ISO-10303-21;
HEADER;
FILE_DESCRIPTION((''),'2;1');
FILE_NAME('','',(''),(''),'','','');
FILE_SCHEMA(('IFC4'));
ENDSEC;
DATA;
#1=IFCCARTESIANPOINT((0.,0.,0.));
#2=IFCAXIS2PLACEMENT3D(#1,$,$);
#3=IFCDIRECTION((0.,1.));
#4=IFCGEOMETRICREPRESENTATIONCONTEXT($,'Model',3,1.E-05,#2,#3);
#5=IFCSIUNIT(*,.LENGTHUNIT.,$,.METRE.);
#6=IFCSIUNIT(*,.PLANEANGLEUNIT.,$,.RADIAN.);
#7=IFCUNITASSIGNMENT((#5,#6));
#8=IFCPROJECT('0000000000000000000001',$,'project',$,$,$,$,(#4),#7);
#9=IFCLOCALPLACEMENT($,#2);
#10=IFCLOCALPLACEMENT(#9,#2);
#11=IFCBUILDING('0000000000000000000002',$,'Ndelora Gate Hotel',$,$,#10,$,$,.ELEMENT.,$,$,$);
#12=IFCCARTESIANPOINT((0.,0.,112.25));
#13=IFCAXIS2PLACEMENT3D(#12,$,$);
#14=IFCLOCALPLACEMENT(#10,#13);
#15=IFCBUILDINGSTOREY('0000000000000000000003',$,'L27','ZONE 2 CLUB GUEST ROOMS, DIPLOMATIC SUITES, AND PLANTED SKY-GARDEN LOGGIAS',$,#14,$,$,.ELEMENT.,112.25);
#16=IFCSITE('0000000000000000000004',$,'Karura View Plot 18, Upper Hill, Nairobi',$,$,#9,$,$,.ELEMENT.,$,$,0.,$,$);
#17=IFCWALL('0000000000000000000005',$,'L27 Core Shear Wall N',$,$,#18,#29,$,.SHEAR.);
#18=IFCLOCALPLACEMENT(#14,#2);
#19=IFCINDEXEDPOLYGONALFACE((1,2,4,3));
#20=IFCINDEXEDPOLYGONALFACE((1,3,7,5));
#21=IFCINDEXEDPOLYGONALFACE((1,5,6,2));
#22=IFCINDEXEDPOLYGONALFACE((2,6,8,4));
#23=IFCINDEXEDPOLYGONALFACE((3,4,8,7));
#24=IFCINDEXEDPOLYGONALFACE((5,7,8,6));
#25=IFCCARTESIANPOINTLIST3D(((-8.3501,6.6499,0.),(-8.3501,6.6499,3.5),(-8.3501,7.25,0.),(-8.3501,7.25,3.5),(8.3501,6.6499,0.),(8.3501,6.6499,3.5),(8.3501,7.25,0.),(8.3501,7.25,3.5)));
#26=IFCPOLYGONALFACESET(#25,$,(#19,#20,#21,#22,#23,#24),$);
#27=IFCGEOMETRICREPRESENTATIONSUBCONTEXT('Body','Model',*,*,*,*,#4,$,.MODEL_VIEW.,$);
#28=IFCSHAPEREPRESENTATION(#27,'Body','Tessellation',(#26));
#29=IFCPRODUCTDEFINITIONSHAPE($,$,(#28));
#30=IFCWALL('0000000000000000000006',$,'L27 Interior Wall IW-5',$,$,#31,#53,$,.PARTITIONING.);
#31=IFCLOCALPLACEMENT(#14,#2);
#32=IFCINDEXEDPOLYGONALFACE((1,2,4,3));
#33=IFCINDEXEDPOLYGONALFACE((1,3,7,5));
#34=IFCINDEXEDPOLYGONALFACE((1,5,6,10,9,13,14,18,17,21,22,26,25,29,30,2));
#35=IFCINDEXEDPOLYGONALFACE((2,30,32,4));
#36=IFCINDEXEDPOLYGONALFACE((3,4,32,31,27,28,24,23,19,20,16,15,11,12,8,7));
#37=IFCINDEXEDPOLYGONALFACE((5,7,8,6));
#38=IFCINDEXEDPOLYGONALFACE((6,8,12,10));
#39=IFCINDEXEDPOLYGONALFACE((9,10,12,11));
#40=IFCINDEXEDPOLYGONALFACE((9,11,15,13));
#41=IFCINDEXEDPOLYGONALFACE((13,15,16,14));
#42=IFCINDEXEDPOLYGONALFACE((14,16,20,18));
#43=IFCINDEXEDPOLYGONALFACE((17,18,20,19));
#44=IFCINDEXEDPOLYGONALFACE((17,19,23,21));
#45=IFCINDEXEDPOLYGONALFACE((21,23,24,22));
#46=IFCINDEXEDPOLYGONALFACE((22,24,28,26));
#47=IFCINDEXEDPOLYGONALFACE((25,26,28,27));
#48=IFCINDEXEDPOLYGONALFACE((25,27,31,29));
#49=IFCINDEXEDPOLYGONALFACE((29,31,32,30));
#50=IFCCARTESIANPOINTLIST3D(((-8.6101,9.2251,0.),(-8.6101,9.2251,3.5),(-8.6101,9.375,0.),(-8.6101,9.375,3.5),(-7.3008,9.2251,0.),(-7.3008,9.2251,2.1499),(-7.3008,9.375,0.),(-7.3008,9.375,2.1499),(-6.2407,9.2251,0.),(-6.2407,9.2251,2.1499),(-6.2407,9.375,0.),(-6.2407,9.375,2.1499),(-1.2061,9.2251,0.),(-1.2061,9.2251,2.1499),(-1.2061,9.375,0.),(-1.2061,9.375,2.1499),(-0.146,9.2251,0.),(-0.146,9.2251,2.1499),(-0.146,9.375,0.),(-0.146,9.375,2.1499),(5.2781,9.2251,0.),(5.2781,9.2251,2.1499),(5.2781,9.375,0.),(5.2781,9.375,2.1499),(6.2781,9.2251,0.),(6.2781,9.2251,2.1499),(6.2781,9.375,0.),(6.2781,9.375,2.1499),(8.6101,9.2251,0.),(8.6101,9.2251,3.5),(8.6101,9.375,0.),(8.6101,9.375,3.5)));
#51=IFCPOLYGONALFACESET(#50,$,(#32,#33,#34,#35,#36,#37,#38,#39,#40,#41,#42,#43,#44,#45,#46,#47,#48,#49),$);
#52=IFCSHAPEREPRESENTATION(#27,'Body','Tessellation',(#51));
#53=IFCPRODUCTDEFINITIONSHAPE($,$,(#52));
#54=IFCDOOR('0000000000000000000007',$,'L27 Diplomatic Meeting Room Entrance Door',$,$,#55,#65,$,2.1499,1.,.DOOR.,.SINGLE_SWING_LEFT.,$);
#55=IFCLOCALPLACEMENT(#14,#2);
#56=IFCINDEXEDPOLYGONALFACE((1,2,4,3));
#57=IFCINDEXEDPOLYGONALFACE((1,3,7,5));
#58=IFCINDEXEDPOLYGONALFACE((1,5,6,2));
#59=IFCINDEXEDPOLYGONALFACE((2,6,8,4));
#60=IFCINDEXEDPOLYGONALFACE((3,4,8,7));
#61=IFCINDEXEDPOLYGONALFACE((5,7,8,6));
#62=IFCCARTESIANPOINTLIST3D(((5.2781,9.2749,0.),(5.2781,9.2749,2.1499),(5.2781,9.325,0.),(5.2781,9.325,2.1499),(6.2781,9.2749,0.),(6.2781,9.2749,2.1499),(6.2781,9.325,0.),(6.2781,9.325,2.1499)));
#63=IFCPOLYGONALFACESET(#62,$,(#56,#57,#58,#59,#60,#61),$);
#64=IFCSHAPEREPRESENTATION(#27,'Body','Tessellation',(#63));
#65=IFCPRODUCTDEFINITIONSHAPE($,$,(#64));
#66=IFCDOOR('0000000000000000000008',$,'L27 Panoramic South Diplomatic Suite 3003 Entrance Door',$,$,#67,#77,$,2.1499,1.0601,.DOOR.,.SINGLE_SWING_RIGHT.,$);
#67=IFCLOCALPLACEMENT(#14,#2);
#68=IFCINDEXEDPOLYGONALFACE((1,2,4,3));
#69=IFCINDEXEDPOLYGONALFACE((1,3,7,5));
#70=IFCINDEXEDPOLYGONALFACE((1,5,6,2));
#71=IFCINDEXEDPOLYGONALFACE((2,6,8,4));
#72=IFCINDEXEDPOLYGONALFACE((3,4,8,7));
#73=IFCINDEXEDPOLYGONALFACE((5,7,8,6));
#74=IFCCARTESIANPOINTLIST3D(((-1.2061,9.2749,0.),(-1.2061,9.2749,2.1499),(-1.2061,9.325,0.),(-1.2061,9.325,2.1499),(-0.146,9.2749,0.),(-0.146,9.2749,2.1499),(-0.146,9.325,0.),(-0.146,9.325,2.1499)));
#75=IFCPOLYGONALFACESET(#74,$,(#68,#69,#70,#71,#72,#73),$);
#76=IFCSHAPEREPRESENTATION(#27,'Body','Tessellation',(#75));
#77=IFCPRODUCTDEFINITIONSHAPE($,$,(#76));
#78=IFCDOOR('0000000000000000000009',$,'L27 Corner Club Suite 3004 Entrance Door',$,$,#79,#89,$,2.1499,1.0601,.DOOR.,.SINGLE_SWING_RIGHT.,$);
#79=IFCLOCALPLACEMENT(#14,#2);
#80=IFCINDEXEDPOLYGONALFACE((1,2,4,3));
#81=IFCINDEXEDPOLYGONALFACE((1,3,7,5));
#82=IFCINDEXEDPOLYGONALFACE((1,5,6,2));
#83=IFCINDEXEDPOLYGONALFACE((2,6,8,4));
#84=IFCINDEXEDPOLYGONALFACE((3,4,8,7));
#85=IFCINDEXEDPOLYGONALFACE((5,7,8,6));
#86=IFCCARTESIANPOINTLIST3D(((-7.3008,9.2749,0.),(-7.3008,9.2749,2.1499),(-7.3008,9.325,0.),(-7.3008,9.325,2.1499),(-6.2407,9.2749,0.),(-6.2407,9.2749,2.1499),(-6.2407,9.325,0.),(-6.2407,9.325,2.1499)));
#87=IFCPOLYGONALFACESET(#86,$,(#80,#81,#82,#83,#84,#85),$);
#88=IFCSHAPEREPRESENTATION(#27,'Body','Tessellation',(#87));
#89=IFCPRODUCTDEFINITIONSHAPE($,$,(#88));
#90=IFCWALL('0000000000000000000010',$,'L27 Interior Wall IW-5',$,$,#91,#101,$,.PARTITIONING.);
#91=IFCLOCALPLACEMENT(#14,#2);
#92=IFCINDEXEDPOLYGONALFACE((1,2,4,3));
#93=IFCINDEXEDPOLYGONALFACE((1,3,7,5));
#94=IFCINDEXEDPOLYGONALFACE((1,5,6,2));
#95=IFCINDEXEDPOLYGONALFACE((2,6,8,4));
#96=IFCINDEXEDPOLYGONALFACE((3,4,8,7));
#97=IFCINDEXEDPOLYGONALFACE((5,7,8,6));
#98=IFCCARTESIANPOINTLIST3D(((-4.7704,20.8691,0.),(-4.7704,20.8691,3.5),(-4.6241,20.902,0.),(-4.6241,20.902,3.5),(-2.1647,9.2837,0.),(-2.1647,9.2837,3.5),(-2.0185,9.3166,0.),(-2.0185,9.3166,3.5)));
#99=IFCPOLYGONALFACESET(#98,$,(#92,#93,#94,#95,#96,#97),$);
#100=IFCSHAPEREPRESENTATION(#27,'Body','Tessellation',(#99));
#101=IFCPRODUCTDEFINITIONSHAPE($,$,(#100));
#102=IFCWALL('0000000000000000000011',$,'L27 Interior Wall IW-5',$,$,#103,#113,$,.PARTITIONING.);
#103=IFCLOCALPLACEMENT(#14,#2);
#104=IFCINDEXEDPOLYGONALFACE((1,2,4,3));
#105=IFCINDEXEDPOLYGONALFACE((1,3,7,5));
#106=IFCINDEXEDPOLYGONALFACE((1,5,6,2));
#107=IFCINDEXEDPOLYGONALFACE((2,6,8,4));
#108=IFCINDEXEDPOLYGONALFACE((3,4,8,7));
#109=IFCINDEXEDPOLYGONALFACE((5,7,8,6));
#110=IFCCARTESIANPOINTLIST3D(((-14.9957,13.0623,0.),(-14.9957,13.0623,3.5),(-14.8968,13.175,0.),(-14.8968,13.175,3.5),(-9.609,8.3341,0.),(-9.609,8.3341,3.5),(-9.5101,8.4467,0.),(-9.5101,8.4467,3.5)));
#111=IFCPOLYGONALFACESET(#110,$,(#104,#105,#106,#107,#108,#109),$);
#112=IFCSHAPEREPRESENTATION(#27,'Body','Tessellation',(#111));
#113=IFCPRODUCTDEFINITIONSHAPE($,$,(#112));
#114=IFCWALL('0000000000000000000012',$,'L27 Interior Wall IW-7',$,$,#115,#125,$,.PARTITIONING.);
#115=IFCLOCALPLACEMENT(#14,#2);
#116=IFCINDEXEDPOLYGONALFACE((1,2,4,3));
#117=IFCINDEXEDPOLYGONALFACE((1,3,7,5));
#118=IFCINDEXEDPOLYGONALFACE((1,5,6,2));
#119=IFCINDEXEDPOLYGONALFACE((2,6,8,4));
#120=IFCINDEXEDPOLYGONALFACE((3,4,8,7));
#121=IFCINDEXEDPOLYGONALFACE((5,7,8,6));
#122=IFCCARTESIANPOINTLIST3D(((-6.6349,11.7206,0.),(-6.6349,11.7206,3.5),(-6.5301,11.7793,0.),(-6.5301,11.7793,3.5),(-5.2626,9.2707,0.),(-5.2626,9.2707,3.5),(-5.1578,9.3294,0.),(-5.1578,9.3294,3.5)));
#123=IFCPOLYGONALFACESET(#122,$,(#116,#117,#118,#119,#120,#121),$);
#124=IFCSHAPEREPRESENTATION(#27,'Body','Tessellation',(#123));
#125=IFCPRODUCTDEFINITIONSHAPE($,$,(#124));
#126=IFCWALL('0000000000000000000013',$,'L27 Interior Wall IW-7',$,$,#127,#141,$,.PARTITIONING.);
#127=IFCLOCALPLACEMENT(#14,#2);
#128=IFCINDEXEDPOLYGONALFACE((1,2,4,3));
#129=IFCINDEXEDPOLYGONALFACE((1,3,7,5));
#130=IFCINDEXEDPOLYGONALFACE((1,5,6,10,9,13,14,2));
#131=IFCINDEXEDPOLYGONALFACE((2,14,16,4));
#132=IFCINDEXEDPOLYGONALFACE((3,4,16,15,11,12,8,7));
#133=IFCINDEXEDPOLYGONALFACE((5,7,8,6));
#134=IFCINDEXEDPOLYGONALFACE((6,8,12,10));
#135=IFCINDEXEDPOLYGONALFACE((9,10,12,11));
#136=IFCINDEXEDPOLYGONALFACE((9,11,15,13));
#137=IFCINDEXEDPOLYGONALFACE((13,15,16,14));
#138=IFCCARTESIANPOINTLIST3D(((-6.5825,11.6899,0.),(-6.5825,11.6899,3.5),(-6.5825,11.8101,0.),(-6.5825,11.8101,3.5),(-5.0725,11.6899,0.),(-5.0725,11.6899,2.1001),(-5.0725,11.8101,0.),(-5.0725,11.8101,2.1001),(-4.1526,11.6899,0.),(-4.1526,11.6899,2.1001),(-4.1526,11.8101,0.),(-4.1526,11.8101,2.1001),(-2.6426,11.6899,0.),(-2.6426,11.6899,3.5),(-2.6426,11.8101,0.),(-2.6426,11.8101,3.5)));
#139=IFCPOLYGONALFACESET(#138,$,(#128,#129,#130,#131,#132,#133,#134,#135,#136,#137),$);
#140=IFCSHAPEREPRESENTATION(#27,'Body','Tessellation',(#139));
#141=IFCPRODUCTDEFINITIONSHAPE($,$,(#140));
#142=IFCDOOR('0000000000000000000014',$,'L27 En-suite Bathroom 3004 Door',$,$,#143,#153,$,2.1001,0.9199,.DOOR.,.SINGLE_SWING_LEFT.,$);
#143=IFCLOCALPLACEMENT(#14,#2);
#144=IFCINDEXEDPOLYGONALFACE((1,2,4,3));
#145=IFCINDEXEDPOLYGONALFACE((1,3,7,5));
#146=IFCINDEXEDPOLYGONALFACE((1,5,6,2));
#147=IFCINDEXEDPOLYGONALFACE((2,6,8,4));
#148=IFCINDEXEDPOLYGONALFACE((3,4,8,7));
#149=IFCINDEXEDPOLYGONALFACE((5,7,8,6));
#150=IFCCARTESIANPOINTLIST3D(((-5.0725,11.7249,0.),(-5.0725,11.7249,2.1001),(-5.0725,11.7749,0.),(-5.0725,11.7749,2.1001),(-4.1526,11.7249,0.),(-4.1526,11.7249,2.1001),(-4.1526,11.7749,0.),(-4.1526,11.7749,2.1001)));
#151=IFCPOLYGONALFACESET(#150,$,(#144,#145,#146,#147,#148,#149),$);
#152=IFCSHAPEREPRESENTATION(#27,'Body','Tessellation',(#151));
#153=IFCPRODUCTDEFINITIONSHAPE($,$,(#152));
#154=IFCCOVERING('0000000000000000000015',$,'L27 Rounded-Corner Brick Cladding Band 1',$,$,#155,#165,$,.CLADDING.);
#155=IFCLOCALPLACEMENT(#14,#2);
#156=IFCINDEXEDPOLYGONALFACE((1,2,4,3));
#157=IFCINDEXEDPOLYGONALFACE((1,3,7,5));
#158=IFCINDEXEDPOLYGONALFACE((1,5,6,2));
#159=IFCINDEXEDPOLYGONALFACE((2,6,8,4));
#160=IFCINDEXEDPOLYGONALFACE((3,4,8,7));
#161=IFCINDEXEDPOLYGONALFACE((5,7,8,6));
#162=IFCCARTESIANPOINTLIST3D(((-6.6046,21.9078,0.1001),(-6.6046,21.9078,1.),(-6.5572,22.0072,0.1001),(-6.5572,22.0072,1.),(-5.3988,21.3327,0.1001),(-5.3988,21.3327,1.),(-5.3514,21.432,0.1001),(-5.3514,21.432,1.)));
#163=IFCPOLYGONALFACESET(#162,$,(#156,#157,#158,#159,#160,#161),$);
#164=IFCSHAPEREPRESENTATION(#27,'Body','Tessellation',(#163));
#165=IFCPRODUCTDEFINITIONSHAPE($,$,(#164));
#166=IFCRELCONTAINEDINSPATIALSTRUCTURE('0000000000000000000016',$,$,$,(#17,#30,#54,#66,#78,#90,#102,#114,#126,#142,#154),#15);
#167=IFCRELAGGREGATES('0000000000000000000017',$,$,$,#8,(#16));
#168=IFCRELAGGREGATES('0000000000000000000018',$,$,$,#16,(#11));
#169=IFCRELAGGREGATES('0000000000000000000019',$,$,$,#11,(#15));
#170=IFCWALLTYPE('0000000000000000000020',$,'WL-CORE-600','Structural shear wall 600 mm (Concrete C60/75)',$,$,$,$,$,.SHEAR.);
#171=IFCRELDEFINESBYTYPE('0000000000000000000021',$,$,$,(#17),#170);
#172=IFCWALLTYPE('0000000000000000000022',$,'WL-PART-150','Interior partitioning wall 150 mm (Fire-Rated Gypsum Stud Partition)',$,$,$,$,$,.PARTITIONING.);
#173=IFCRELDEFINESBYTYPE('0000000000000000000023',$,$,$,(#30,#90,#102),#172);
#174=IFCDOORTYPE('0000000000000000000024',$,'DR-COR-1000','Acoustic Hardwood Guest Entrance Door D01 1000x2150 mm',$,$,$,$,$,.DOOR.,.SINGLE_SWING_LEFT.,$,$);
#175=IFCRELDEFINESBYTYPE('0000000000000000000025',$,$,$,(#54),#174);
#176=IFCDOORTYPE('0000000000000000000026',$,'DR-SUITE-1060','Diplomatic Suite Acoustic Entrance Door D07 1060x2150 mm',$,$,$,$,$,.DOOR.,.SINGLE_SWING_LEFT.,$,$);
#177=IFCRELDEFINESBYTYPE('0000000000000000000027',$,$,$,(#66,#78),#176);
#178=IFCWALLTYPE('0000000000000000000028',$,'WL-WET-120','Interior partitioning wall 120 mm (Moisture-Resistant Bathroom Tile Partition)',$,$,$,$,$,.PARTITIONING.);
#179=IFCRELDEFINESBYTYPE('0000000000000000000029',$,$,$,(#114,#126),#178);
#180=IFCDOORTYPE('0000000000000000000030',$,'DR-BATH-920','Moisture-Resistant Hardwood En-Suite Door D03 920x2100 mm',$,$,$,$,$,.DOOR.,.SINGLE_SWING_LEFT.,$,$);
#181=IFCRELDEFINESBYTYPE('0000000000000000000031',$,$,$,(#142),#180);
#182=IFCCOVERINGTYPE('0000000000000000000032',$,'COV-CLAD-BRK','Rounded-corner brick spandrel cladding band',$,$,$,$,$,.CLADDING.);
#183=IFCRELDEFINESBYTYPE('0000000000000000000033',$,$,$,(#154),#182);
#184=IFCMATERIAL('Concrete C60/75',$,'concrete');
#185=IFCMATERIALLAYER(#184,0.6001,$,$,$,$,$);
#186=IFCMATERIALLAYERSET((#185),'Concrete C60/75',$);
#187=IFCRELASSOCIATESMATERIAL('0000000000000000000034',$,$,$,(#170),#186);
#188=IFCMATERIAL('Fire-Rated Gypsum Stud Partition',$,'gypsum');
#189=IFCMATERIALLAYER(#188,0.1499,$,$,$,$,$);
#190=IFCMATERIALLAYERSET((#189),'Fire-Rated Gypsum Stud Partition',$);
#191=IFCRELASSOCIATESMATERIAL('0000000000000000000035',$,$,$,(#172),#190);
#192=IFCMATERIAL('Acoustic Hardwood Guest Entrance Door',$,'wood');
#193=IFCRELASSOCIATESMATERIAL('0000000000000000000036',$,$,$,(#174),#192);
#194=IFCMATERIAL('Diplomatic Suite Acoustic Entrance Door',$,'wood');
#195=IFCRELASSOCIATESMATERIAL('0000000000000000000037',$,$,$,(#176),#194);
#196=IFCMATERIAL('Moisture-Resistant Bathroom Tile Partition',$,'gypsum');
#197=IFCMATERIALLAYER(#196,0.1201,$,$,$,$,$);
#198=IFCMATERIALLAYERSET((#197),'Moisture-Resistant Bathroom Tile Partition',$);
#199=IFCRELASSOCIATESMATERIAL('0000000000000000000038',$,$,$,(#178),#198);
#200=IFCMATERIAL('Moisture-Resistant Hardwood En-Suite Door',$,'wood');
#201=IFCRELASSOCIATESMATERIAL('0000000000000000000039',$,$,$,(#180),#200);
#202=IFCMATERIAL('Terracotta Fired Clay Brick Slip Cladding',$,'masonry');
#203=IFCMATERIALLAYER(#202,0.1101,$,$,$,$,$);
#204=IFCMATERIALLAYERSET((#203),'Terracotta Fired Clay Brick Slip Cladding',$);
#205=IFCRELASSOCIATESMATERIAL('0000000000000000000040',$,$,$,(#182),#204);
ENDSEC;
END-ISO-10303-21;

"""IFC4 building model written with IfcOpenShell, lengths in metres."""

from ifc_helpers import new_model, si_unit, direction, frame, frame_2d, origin, origin_2d, place, context, subcontext, project, spatial, rectangle, extrude, material, layer, layer_set, type_object, element, fill, save


model = new_model("IFC4")

# Units and contexts
model_context = context("Model", 3, precision=1e-05, world=origin(), true_north=direction((0.0, 1.0)))
body_context = subcontext(model_context, "Body", "Model", "MODEL_VIEW")
ifc_project = project(units=[si_unit("LENGTHUNIT", "METRE"), si_unit("PLANEANGLEUNIT", "RADIAN")], contexts=[model_context])

# Site, building, storey
site_placement = place(None, origin())
site = spatial("IfcSite", under=ifc_project, at=site_placement, Name="Karura View Plot 18, Upper Hill, Nairobi", CompositionType="ELEMENT", RefElevation=0.0)
building_placement = place(site_placement, origin())
building = spatial("IfcBuilding", under=site, at=building_placement, Name="Ndelora Gate Hotel", CompositionType="ELEMENT")
storey_placement = place(building_placement, frame((0.0, 0.0, 112.25)))
storey = spatial("IfcBuildingStorey", under=building, at=storey_placement, Name="L27", Description="ZONE 2 CLUB GUEST ROOMS, DIPLOMATIC SUITES, AND PLANTED SKY-GARDEN LOGGIAS", CompositionType="ELEMENT", Elevation=112.25)

# Shared definitions
ifc_material_1 = material(Name="Concrete C60/75", Category="concrete")

# Wall
ifc_layer_1 = layer(ifc_material_1, 0.6001)
ifc_layer_set_1 = layer_set([ifc_layer_1], Name="Concrete C60/75")
wall_type_1 = type_object("IfcWallType", Name="WL-CORE-600", Description="Structural shear wall 600 mm (Concrete C60/75)", PredefinedType="SHEAR", material=ifc_layer_set_1)
wall_1_placement = place(storey_placement, frame((-8.3501, 6.95, 0.0), z_axis=(0.0, 0.0, 1.0), x_axis=(1.0, 0.0, 0.0)))
element("IfcWall", 1, at=wall_1_placement, inside=storey, type_object=wall_type_1, Name="L27 Core Shear Wall N", PredefinedType="SHEAR", context=body_context, shape_type="SweptSolid", body=[
    extrude(rectangle(XDim=16.7002, YDim=0.6001, at=frame_2d((8.3501, 0.0))), origin(), (0.0, 0.0, 1.0), 3.5),
])

# Wall, openings, doors
ifc_material_2 = material(Name="Fire-Rated Gypsum Stud Partition", Category="gypsum")
ifc_layer_2 = layer(ifc_material_2, 0.1499)
ifc_layer_set_2 = layer_set([ifc_layer_2], Name="Fire-Rated Gypsum Stud Partition")
wall_type_2 = type_object("IfcWallType", Name="WL-PART-150", Description="Interior partitioning wall 150 mm (Fire-Rated Gypsum Stud Partition)", PredefinedType="PARTITIONING", material=ifc_layer_set_2)
wall_2_placement = place(storey_placement, frame((-8.6101, 9.3, 0.0), z_axis=(0.0, 0.0, 1.0), x_axis=(1.0, 0.0, 0.0)))
wall_2 = element("IfcWall", 2, at=wall_2_placement, inside=storey, type_object=wall_type_2, Name="L27 Interior Wall IW-5", PredefinedType="PARTITIONING", context=body_context, shape_type="SweptSolid", body=[
    extrude(rectangle(XDim=17.2202, YDim=0.1499, at=frame_2d((8.6101, 0.0))), origin(), (0.0, 0.0, 1.0), 3.5),
])
opening_1_placement = place(wall_2_placement, frame((13.8882, 0.0, 0.0)))
opening_1 = element("IfcOpeningElement", 3, at=opening_1_placement, cuts=wall_2, PredefinedType="OPENING", context=body_context, shape_type="SweptSolid", body=[
    extrude(rectangle(XDim=1.0, YDim=2.1499, at=frame_2d((0.5, 1.075))), frame((0.0, 0.085, 0.0), z_axis=(0.0, -1.0, 0.0), x_axis=(1.0, 0.0, 0.0)), (0.0, 0.0, 1.0), 0.1699),
])
opening_2_placement = place(wall_2_placement, frame((7.4041, 0.0, 0.0)))
opening_2 = element("IfcOpeningElement", 4, at=opening_2_placement, cuts=wall_2, PredefinedType="OPENING", context=body_context, shape_type="SweptSolid", body=[
    extrude(rectangle(XDim=1.0601, YDim=2.1499, at=frame_2d((0.53, 1.075))), frame((0.0, 0.085, 0.0), z_axis=(0.0, -1.0, 0.0), x_axis=(1.0, 0.0, 0.0)), (0.0, 0.0, 1.0), 0.1699),
])
opening_3_placement = place(wall_2_placement, frame((1.3093, 0.0, 0.0)))
opening_3 = element("IfcOpeningElement", 5, at=opening_3_placement, cuts=wall_2, PredefinedType="OPENING", context=body_context, shape_type="SweptSolid", body=[
    extrude(rectangle(XDim=1.0601, YDim=2.1499, at=frame_2d((0.53, 1.075))), frame((0.0, 0.085, 0.0), z_axis=(0.0, -1.0, 0.0), x_axis=(1.0, 0.0, 0.0)), (0.0, 0.0, 1.0), 0.1699),
])
ifc_material_3 = material(Name="Acoustic Hardwood Guest Entrance Door", Category="wood")
door_type_1 = type_object("IfcDoorType", Name="DR-COR-1000", Description="Acoustic Hardwood Guest Entrance Door D01 1000x2150 mm", OperationType="SINGLE_SWING_LEFT", PredefinedType="DOOR", material=ifc_material_3)
door_1_placement = place(opening_1_placement, origin())
door_1 = element("IfcDoor", 6, at=door_1_placement, inside=storey, type_object=door_type_1, Name="L27 Diplomatic Meeting Room Entrance Door", OperationType="SINGLE_SWING_LEFT", OverallHeight=2.1499, OverallWidth=1.0, PredefinedType="DOOR", context=body_context, shape_type="SweptSolid", body=[
    extrude(rectangle(XDim=1.0, YDim=2.1499, at=frame_2d((0.5, 1.075))), frame((0.0, 0.0249, 0.0), z_axis=(0.0, -1.0, 0.0), x_axis=(1.0, 0.0, 0.0)), (0.0, 0.0, 1.0), 0.05),
])
fill(opening_1, door_1)
ifc_material_4 = material(Name="Diplomatic Suite Acoustic Entrance Door", Category="wood")
door_type_2 = type_object("IfcDoorType", Name="DR-SUITE-1060", Description="Diplomatic Suite Acoustic Entrance Door D07 1060x2150 mm", OperationType="SINGLE_SWING_LEFT", PredefinedType="DOOR", material=ifc_material_4)
door_2_placement = place(opening_2_placement, origin())
door_2 = element("IfcDoor", 7, at=door_2_placement, inside=storey, type_object=door_type_2, Name="L27 Panoramic South Diplomatic Suite 3003 Entrance Door", OperationType="SINGLE_SWING_RIGHT", OverallHeight=2.1499, OverallWidth=1.0601, PredefinedType="DOOR", context=body_context, shape_type="SweptSolid", body=[
    extrude(rectangle(XDim=1.0601, YDim=2.1499, at=frame_2d((0.53, 1.075))), frame((0.0, 0.0249, 0.0), z_axis=(0.0, -1.0, 0.0), x_axis=(1.0, 0.0, 0.0)), (0.0, 0.0, 1.0), 0.05),
])
fill(opening_2, door_2)
door_3_placement = place(opening_3_placement, origin())
door_3 = element("IfcDoor", 8, at=door_3_placement, inside=storey, type_object=door_type_2, Name="L27 Corner Club Suite 3004 Entrance Door", OperationType="SINGLE_SWING_RIGHT", OverallHeight=2.1499, OverallWidth=1.0601, PredefinedType="DOOR", context=body_context, shape_type="SweptSolid", body=[
    extrude(rectangle(XDim=1.0601, YDim=2.1499, at=frame_2d((0.53, 1.075))), frame((0.0, 0.0249, 0.0), z_axis=(0.0, -1.0, 0.0), x_axis=(1.0, 0.0, 0.0)), (0.0, 0.0, 1.0), 0.05),
])
fill(opening_3, door_3)

# Walls
wall_3_placement = place(storey_placement, frame((-2.0916, 9.3, 0.0), z_axis=(0.0, 0.0, 1.0), x_axis=(-0.219431, 0.975628, 0.0)))
element("IfcWall", 9, at=wall_3_placement, inside=storey, type_object=wall_type_2, Name="L27 Interior Wall IW-5", PredefinedType="PARTITIONING", context=body_context, shape_type="SweptSolid", body=[
    extrude(rectangle(XDim=11.8748, YDim=0.1499, at=frame_2d((5.9375, 0.0))), origin(), (0.0, 0.0, 1.0), 3.5),
])
wall_4_placement = place(storey_placement, frame((-9.5596, 8.3904, 0.0), z_axis=(0.0, 0.0, 1.0), x_axis=(-0.751546, 0.659681, 0.0)))
element("IfcWall", 10, at=wall_4_placement, inside=storey, type_object=wall_type_2, Name="L27 Interior Wall IW-5", PredefinedType="PARTITIONING", context=body_context, shape_type="SweptSolid", body=[
    extrude(rectangle(XDim=7.1675, YDim=0.1499, at=frame_2d((3.5837, 0.0))), origin(), (0.0, 0.0, 1.0), 3.5),
])
ifc_material_5 = material(Name="Moisture-Resistant Bathroom Tile Partition", Category="gypsum")
ifc_layer_3 = layer(ifc_material_5, 0.1201)
ifc_layer_set_3 = layer_set([ifc_layer_3], Name="Moisture-Resistant Bathroom Tile Partition")
wall_type_3 = type_object("IfcWallType", Name="WL-WET-120", Description="Interior partitioning wall 120 mm (Moisture-Resistant Bathroom Tile Partition)", PredefinedType="PARTITIONING", material=ifc_layer_set_3)
wall_5_placement = place(storey_placement, frame((-5.2102, 9.3, 0.0), z_axis=(0.0, 0.0, 1.0), x_axis=(-0.488696, 0.872454, 0.0)))
element("IfcWall", 11, at=wall_5_placement, inside=storey, type_object=wall_type_3, Name="L27 Interior Wall IW-7", PredefinedType="PARTITIONING", context=body_context, shape_type="SweptSolid", body=[
    extrude(rectangle(XDim=2.8081, YDim=0.1201, at=frame_2d((1.4041, 0.0))), origin(), (0.0, 0.0, 1.0), 3.5),
])

# Wall, opening, door
wall_6_placement = place(storey_placement, frame((-6.5825, 11.75, 0.0), z_axis=(0.0, 0.0, 1.0), x_axis=(1.0, 0.0, 0.0)))
wall_6 = element("IfcWall", 12, at=wall_6_placement, inside=storey, type_object=wall_type_3, Name="L27 Interior Wall IW-7", PredefinedType="PARTITIONING", context=body_context, shape_type="SweptSolid", body=[
    extrude(rectangle(XDim=3.9399, YDim=0.1201, at=frame_2d((1.97, 0.0))), origin(), (0.0, 0.0, 1.0), 3.5),
])
opening_4_placement = place(wall_6_placement, frame((1.51, 0.0, 0.0)))
opening_4 = element("IfcOpeningElement", 13, at=opening_4_placement, cuts=wall_6, PredefinedType="OPENING", context=body_context, shape_type="SweptSolid", body=[
    extrude(rectangle(XDim=0.9199, YDim=2.1001, at=frame_2d((0.46, 1.05))), frame((0.0, 0.0701, 0.0), z_axis=(0.0, -1.0, 0.0), x_axis=(1.0, 0.0, 0.0)), (0.0, 0.0, 1.0), 0.1401),
])
ifc_material_6 = material(Name="Moisture-Resistant Hardwood En-Suite Door", Category="wood")
door_type_3 = type_object("IfcDoorType", Name="DR-BATH-920", Description="Moisture-Resistant Hardwood En-Suite Door D03 920x2100 mm", OperationType="SINGLE_SWING_LEFT", PredefinedType="DOOR", material=ifc_material_6)
door_4_placement = place(opening_4_placement, origin())
door_4 = element("IfcDoor", 14, at=door_4_placement, inside=storey, type_object=door_type_3, Name="L27 En-suite Bathroom 3004 Door", OperationType="SINGLE_SWING_LEFT", OverallHeight=2.1001, OverallWidth=0.9199, PredefinedType="DOOR", context=body_context, shape_type="SweptSolid", body=[
    extrude(rectangle(XDim=0.9199, YDim=2.1001, at=frame_2d((0.46, 1.05))), frame((0.0, 0.0249, 0.0), z_axis=(0.0, -1.0, 0.0), x_axis=(1.0, 0.0, 0.0)), (0.0, 0.0, 1.0), 0.05),
])
fill(opening_4, door_4)

# Covering
ifc_material_7 = material(Name="Terracotta Fired Clay Brick Slip Cladding", Category="masonry")
ifc_layer_4 = layer(ifc_material_7, 0.1101)
ifc_layer_set_4 = layer_set([ifc_layer_4], Name="Terracotta Fired Clay Brick Slip Cladding")
covering_type_1 = type_object("IfcCoveringType", Name="COV-CLAD-BRK", Description="Rounded-corner brick spandrel cladding band", PredefinedType="CLADDING", material=ifc_layer_set_4)
for number, where, z_axis, x_axis, name in (
    (15, (-5.978, 21.6699, 0.1001), (0.0, 0.0, 1.0), (-0.902585, 0.430511, 0.0), "L27 Rounded-Corner Brick Cladding Band 1"),
):
    element("IfcCovering", number, at=place(storey_placement, frame(where, z_axis=z_axis, x_axis=x_axis)), inside=storey, type_object=covering_type_1, Name=name, PredefinedType="CLADDING", context=body_context, shape_type="SweptSolid", body=[
        extrude(rectangle(XDim=1.3359, YDim=0.1101, at=origin_2d()), origin(), (0.0, 0.0, 1.0), 0.8999),
    ])

save(model, "model.ifc")
